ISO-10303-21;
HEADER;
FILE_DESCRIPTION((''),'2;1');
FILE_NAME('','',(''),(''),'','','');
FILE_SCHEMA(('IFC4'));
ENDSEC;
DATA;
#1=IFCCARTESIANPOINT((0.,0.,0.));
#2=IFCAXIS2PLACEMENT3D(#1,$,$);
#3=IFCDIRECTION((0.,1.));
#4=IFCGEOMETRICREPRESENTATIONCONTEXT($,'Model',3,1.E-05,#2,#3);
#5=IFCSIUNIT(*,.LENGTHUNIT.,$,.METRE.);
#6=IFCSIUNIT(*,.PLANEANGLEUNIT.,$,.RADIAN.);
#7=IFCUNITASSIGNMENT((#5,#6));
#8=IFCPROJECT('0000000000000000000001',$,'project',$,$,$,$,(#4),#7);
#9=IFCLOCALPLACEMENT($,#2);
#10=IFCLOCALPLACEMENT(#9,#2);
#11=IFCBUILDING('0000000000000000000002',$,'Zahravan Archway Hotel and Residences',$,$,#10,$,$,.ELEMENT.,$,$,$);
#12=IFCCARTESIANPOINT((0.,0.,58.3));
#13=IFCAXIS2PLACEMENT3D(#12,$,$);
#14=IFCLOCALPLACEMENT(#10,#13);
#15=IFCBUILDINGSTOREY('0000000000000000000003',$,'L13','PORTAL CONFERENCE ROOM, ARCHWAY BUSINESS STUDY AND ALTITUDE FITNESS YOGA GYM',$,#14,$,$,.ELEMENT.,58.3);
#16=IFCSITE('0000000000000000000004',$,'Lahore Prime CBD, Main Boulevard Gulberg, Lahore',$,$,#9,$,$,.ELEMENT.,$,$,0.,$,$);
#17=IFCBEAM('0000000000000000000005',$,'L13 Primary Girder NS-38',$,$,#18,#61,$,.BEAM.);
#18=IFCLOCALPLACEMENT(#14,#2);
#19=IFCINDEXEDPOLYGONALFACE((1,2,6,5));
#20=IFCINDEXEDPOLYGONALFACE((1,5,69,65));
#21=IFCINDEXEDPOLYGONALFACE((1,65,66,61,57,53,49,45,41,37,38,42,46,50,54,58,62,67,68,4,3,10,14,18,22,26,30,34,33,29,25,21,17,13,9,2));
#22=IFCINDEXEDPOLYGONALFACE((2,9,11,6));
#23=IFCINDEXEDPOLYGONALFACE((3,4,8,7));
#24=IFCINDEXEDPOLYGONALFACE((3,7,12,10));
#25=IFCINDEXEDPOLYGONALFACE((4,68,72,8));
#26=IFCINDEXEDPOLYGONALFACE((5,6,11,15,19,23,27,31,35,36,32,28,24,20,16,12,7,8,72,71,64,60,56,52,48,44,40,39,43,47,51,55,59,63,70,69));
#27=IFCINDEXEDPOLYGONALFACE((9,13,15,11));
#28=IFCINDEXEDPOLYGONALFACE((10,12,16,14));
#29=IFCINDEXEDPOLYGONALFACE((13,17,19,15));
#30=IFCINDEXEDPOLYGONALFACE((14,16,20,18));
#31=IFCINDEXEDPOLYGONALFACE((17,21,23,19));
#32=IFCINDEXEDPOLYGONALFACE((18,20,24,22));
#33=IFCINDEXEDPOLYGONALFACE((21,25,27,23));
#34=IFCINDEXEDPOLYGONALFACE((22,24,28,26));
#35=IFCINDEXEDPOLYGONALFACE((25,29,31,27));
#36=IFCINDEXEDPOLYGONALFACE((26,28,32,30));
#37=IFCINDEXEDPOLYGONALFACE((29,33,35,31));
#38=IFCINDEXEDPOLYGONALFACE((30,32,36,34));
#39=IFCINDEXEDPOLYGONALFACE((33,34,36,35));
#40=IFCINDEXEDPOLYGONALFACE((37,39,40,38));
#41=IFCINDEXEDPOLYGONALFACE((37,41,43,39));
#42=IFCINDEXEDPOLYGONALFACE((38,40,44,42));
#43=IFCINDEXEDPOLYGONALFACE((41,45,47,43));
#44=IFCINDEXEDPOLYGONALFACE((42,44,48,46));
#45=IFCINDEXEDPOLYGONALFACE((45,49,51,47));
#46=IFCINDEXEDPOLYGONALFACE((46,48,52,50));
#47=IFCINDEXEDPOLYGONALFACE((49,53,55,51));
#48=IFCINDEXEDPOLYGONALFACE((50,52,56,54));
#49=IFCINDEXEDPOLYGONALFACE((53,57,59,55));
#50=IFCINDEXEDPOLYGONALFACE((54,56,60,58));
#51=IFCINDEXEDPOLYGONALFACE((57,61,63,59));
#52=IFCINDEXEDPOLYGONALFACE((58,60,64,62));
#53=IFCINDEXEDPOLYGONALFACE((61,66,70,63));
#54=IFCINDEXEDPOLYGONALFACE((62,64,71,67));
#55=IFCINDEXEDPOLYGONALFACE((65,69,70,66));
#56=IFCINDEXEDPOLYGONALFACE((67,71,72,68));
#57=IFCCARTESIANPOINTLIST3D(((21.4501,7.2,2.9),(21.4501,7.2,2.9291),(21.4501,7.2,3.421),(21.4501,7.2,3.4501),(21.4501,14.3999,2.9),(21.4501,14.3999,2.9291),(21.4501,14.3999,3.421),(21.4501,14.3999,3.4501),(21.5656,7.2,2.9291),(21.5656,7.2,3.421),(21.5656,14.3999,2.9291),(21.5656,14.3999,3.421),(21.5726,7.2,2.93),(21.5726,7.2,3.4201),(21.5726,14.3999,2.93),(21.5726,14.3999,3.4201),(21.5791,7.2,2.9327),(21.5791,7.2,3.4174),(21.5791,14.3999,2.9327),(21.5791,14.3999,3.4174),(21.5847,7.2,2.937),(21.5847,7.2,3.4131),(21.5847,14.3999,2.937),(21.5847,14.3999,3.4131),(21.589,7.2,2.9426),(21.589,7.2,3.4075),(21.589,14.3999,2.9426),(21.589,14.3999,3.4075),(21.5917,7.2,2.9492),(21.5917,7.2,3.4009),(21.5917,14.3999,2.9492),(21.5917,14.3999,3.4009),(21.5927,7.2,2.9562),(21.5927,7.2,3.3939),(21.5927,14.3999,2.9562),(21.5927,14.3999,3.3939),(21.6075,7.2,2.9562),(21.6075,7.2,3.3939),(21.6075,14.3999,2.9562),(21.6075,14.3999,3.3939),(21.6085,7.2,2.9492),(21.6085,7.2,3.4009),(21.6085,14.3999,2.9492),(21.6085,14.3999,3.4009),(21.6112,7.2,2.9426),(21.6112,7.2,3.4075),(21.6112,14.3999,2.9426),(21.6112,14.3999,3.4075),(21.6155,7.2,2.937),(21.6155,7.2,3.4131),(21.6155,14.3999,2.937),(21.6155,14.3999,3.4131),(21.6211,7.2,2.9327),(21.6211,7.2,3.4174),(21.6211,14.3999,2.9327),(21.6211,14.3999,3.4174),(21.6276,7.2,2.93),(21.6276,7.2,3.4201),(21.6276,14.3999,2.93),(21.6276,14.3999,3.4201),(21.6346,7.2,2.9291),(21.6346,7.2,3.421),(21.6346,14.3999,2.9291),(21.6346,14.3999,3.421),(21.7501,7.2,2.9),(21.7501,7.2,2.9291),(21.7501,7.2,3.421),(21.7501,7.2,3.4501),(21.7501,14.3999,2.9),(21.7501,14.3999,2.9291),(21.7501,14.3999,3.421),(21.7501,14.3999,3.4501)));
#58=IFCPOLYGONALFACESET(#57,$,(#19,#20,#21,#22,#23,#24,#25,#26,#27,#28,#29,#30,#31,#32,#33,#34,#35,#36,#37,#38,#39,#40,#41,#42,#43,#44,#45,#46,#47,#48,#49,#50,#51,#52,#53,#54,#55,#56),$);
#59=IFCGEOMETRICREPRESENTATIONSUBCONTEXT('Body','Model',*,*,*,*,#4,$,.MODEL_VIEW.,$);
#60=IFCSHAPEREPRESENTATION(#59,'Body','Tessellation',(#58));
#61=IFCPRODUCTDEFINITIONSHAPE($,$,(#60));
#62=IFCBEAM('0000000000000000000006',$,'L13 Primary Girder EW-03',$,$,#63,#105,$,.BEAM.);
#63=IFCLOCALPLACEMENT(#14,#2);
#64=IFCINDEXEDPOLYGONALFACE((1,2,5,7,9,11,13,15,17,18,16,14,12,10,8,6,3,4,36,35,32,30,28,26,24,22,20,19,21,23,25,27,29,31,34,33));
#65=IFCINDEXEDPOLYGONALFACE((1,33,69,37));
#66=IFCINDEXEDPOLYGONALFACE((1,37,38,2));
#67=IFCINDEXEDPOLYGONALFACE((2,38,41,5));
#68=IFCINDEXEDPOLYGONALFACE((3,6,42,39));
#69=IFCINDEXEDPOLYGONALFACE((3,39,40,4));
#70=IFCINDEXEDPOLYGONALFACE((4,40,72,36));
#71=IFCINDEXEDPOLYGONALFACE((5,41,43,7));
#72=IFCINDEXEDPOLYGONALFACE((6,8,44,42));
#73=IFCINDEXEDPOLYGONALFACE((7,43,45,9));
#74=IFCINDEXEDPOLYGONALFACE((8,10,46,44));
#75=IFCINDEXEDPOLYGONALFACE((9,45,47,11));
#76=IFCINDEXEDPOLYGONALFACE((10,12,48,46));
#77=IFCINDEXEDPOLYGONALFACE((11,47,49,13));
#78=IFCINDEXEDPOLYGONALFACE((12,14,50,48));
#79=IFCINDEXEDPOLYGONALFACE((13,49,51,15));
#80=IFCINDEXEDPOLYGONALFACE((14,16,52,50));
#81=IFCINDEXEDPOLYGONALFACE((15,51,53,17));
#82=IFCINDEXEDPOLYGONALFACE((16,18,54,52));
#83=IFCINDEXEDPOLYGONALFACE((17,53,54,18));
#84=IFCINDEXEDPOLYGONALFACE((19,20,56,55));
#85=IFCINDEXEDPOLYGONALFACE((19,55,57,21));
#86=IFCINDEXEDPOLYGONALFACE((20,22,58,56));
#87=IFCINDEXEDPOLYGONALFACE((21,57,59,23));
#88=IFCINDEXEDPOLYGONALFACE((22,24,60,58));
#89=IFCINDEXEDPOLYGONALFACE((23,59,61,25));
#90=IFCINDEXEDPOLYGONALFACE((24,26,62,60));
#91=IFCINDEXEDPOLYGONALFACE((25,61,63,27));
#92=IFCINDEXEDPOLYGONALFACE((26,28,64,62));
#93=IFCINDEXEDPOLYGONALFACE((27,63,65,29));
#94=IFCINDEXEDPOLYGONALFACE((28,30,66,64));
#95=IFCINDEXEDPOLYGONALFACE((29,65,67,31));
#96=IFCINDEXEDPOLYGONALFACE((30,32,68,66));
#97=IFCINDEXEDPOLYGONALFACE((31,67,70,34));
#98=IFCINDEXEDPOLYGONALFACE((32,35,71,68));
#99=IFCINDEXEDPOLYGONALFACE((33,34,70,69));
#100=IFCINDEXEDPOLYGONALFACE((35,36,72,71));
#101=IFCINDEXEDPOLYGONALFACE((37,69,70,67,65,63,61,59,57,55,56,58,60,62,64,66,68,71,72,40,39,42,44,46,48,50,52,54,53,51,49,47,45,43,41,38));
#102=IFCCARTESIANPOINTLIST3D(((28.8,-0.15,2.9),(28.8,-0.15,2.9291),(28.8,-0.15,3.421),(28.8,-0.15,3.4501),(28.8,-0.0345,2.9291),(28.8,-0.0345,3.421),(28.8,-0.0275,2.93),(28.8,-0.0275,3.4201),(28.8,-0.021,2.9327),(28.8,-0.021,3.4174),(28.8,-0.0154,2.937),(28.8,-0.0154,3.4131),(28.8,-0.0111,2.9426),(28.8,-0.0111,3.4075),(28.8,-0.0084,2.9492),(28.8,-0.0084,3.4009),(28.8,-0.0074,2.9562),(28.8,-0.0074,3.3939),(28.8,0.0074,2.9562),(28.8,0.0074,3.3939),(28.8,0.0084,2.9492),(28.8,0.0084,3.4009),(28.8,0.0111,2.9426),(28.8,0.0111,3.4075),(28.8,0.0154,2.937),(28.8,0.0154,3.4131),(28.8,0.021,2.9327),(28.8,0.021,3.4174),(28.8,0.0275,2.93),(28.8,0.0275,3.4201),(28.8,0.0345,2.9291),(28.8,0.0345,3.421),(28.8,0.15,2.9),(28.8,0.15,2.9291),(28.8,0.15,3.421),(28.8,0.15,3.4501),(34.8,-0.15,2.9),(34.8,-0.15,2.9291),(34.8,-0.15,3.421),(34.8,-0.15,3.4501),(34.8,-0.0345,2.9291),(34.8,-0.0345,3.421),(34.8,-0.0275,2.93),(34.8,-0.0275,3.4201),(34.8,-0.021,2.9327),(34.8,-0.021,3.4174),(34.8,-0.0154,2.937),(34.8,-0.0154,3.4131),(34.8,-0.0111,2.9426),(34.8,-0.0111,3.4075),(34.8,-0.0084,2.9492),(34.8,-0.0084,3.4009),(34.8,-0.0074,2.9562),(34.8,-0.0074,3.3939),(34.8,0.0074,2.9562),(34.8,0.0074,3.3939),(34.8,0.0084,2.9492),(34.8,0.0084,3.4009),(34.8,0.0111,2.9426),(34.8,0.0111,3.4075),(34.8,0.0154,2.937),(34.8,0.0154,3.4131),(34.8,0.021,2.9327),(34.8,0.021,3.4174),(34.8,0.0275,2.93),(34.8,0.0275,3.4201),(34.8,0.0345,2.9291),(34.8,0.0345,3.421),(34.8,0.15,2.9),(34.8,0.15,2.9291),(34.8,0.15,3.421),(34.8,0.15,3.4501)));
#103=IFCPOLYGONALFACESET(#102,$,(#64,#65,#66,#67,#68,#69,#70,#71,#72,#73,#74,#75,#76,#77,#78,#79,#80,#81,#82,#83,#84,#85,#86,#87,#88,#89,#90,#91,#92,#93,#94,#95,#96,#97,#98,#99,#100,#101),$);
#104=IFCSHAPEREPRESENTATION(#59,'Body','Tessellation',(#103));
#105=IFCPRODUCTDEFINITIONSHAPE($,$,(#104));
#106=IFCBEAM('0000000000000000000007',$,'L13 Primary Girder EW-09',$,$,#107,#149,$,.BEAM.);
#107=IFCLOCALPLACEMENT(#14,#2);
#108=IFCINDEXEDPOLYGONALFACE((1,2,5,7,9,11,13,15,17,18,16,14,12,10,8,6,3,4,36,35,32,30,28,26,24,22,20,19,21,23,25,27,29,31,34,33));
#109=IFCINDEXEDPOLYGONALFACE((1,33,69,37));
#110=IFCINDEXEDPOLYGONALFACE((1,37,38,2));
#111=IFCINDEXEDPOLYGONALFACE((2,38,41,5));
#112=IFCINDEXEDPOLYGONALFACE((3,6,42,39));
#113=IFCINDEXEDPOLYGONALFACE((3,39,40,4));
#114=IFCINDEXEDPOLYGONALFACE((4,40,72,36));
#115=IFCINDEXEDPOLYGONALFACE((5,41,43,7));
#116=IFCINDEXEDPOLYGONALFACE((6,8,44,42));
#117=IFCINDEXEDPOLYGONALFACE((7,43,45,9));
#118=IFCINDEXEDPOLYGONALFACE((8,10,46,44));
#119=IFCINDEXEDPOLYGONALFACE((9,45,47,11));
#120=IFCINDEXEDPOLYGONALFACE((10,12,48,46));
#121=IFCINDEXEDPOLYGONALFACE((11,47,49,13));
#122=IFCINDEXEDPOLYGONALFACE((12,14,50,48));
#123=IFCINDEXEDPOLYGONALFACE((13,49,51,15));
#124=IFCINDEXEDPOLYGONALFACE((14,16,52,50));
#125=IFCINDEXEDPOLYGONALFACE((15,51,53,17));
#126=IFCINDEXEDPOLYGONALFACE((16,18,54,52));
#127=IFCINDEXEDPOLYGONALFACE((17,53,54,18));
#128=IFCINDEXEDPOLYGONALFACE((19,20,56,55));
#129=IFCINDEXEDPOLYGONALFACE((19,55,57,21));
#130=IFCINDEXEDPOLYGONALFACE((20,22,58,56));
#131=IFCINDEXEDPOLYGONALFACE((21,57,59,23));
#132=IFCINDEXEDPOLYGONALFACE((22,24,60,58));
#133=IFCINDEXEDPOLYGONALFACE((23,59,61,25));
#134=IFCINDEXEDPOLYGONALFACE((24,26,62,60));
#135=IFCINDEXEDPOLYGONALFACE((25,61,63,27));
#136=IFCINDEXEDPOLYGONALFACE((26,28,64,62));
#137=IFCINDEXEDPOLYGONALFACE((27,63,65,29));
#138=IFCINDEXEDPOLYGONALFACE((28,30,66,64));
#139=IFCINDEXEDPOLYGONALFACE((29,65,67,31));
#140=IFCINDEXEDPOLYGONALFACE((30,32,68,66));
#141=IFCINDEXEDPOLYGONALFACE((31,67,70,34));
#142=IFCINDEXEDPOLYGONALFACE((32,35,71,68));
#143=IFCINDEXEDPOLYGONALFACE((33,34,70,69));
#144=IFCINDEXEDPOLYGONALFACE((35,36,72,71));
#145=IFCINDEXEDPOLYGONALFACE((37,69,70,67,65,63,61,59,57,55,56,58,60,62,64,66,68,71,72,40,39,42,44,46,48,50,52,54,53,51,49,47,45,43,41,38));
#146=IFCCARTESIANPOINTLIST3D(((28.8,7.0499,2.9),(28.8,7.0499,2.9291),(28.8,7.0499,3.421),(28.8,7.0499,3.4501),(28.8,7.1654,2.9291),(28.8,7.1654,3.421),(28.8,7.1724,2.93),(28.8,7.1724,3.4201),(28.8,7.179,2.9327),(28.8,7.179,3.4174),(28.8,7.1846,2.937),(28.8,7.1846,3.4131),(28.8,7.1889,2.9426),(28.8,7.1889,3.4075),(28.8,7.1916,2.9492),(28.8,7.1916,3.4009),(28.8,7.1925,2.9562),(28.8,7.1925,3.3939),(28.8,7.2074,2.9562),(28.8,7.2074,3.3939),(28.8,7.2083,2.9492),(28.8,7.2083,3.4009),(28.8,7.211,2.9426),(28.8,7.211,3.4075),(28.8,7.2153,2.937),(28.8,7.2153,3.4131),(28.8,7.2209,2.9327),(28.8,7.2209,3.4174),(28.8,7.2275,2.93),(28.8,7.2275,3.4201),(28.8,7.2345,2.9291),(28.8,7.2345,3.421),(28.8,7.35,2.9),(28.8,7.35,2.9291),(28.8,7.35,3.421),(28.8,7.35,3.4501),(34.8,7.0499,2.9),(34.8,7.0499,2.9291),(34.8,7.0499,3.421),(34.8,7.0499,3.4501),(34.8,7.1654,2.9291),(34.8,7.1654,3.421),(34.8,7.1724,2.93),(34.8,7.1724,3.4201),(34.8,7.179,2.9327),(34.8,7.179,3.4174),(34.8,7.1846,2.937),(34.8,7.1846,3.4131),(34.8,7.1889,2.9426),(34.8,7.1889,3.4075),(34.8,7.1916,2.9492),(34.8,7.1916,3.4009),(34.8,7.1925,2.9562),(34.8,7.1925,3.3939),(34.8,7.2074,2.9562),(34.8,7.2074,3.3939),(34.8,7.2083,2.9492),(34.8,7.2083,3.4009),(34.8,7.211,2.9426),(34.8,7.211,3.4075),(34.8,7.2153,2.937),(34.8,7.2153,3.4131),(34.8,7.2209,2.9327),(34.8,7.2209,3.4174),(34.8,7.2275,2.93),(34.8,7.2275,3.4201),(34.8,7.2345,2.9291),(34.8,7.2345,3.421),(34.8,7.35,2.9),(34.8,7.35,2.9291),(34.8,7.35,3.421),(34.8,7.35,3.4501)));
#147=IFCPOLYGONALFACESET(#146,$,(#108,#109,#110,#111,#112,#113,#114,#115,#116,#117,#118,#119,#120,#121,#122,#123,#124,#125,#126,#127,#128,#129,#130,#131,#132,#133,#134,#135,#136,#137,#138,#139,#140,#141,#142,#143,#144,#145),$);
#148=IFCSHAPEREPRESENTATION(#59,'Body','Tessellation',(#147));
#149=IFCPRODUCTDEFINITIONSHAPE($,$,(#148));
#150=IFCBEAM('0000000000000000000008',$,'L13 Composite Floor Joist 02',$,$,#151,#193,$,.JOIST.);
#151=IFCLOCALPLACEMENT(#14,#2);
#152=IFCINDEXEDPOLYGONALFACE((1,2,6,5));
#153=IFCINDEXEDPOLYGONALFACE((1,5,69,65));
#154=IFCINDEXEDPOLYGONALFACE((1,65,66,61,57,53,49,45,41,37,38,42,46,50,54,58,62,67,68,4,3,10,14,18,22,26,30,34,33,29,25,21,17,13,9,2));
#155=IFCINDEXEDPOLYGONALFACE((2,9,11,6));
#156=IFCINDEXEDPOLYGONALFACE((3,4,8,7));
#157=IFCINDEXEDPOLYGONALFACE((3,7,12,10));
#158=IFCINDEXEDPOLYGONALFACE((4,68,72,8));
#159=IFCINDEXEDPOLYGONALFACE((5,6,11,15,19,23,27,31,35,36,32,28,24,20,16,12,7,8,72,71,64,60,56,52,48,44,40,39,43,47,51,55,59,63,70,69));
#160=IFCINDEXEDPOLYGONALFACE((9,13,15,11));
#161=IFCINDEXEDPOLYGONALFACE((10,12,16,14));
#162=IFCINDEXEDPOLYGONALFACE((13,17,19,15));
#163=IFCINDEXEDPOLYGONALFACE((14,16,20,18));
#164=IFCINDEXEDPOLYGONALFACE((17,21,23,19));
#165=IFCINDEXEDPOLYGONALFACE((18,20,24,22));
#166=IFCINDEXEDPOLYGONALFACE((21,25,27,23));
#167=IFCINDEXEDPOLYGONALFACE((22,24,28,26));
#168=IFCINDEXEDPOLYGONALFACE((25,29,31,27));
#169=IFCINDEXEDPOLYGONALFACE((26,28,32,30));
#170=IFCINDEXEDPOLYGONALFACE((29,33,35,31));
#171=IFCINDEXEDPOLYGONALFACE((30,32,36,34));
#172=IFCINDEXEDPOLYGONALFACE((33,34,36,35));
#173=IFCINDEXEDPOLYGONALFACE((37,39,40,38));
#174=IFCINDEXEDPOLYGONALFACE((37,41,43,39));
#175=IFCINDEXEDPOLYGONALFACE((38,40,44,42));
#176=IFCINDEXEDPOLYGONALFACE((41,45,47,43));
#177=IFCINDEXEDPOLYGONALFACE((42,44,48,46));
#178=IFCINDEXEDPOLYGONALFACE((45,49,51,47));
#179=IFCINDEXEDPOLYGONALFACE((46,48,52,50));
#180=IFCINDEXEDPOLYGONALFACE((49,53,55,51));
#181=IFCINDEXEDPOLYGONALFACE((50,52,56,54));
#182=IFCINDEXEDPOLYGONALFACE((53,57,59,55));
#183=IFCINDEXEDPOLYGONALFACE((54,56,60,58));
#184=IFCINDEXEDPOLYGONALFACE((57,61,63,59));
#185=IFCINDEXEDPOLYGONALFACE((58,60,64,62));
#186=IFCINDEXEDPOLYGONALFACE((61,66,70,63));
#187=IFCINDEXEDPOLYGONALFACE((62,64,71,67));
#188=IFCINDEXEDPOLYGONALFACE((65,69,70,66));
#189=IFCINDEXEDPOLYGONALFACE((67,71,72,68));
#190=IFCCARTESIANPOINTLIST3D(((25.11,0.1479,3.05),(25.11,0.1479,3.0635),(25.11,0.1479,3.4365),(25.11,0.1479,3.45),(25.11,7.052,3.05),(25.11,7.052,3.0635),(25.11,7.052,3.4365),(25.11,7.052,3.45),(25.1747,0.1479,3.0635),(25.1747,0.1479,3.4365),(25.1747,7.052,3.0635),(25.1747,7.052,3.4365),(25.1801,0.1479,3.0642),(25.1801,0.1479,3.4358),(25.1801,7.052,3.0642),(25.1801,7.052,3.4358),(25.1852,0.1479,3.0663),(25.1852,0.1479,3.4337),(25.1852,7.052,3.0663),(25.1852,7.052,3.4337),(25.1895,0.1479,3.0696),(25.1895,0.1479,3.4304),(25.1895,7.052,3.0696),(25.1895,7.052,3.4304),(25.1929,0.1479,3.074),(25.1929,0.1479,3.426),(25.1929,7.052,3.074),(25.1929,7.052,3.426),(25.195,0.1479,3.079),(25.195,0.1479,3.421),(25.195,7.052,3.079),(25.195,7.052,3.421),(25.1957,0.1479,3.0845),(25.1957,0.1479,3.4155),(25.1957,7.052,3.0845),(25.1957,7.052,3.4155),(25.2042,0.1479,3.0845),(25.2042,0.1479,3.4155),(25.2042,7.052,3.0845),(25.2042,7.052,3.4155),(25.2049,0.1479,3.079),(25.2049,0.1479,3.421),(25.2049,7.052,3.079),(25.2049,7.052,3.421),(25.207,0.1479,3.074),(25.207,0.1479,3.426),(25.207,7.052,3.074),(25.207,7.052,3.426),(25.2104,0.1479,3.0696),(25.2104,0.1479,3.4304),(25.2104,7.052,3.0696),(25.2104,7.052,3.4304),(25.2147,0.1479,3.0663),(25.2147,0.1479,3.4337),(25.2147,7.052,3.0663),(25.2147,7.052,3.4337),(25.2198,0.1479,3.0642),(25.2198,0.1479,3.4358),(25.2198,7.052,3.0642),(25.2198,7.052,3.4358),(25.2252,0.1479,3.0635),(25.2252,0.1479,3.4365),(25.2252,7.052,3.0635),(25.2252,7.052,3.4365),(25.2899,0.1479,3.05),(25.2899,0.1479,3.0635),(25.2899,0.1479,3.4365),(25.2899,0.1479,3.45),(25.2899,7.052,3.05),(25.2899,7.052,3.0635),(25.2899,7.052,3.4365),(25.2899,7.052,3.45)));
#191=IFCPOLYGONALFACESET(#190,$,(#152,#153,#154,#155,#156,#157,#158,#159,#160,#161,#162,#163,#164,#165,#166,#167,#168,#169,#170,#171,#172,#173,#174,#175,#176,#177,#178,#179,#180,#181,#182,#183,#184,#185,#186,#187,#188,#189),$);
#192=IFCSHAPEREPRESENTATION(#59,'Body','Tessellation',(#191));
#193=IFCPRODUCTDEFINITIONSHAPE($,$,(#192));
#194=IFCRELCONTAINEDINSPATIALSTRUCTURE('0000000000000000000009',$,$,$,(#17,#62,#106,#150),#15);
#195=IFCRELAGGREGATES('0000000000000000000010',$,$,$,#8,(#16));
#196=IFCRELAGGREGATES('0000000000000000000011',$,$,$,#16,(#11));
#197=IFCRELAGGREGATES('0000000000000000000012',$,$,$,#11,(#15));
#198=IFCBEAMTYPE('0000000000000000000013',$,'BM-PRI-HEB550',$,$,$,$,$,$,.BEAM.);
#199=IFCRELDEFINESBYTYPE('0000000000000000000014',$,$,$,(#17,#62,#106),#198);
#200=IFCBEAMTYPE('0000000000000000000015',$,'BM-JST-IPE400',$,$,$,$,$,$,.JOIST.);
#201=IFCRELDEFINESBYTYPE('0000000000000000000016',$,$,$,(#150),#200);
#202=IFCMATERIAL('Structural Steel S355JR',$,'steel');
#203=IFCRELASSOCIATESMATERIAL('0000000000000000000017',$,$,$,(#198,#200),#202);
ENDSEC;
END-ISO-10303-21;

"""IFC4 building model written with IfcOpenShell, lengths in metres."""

from ifc_helpers import new_model, si_unit, direction, frame, origin, origin_2d, place, context, subcontext, project, spatial, i_section, extrude, source, transform, mapped, material, material_profile, profile_set, type_object, type_shapes, element, save


model = new_model("IFC4")

# Units and contexts
model_context = context("Model", 3, precision=1e-05, world=origin(), true_north=direction((0.0, 1.0)))
body_context = subcontext(model_context, "Body", "Model", "MODEL_VIEW")
ifc_project = project(units=[si_unit("LENGTHUNIT", "METRE"), si_unit("PLANEANGLEUNIT", "RADIAN")], contexts=[model_context])

# Site, building, storey
site_placement = place(None, origin())
site = spatial("IfcSite", under=ifc_project, at=site_placement, Name="Lahore Prime CBD, Main Boulevard Gulberg, Lahore", CompositionType="ELEMENT", RefElevation=0.0)
building_placement = place(site_placement, origin())
building = spatial("IfcBuilding", under=site, at=building_placement, Name="Zahravan Archway Hotel and Residences", CompositionType="ELEMENT")
storey_placement = place(building_placement, frame((0.0, 0.0, 58.3)))
storey = spatial("IfcBuildingStorey", under=building, at=storey_placement, Name="L13", Description="PORTAL CONFERENCE ROOM, ARCHWAY BUSINESS STUDY AND ALTITUDE FITNESS YOGA GYM", CompositionType="ELEMENT", Elevation=58.3)

# Beams
ifc_material_1 = material(Name="Structural Steel S355JR", Category="steel")
ifc_material_profile_1 = material_profile(ifc_material_1, i_section(OverallWidth=0.3, OverallDepth=0.55, WebThickness=0.0149, FlangeThickness=0.0291, FilletRadius=0.0271, at=origin_2d()), Name="HEB 550", Category="steel")
ifc_profile_set_1 = profile_set([ifc_material_profile_1], Name="Structural Steel S355JR")
beam_type_1 = type_object("IfcBeamType", Name="BM-PRI-HEB550", PredefinedType="BEAM", material=ifc_profile_set_1)
shared_shape_1 = source(origin(), body_context, "Body", "SweptSolid", [
    extrude(i_section(OverallWidth=0.3, OverallDepth=0.55, WebThickness=0.0149, FlangeThickness=0.0291, FilletRadius=0.0271, at=origin_2d()), origin(), (0.0, 0.0, 1.0), 7.2),
])
for number, where, z_axis, x_axis, name in (
    (1, (21.6001, 7.2, 3.175), (0.0, 1.0, 0.0), (-1.0, 0.0, 0.0), "L13 Primary Girder NS-38"),
):
    element("IfcBeam", number, at=place(storey_placement, frame(where, z_axis=z_axis, x_axis=x_axis)), inside=storey, type_object=beam_type_1, Name=name, PredefinedType="BEAM", context=body_context, shape_type="MappedRepresentation", body=[
        mapped(shared_shape_1, transform((0.0, 0.0, 0.0), scale=1.0)),
    ])
shared_shape_2 = source(origin(), body_context, "Body", "SweptSolid", [
    extrude(i_section(OverallWidth=0.3, OverallDepth=0.55, WebThickness=0.0149, FlangeThickness=0.0291, FilletRadius=0.0271, at=origin_2d()), origin(), (0.0, 0.0, 1.0), 6.0),
])
for number, where, z_axis, x_axis, name in (
    (2, (28.8, 0.0, 3.175), (1.0, 0.0, 0.0), (0.0, 1.0, 0.0), "L13 Primary Girder EW-03"),
    (3, (28.8, 7.2, 3.175), (1.0, 0.0, 0.0), (0.0, 1.0, 0.0), "L13 Primary Girder EW-09"),
):
    element("IfcBeam", number, at=place(storey_placement, frame(where, z_axis=z_axis, x_axis=x_axis)), inside=storey, type_object=beam_type_1, Name=name, PredefinedType="BEAM", context=body_context, shape_type="MappedRepresentation", body=[
        mapped(shared_shape_2, transform((0.0, 0.0, 0.0), scale=1.0)),
    ])
ifc_material_profile_2 = material_profile(ifc_material_1, i_section(OverallWidth=0.1799, OverallDepth=0.3999, WebThickness=0.0085, FlangeThickness=0.0134, FilletRadius=0.021, at=origin_2d()), Name="IPE 400", Category="steel")
ifc_profile_set_2 = profile_set([ifc_material_profile_2], Name="Structural Steel S355JR")
beam_type_2 = type_object("IfcBeamType", Name="BM-JST-IPE400", PredefinedType="JOIST", material=ifc_profile_set_2)
shared_shape_3 = source(origin(), body_context, "Body", "SweptSolid", [
    extrude(i_section(OverallWidth=0.1799, OverallDepth=0.3999, WebThickness=0.0085, FlangeThickness=0.0134, FilletRadius=0.021, at=origin_2d()), origin(), (0.0, 0.0, 1.0), 6.9041),
])
type_shapes(beam_type_2, [shared_shape_3])
for number, where, z_axis, x_axis, name in (
    (4, (25.2, 0.1479, 3.25), (0.0, 1.0, 0.0), (-1.0, 0.0, 0.0), "L13 Composite Floor Joist 02"),
):
    element("IfcBeam", number, at=place(storey_placement, frame(where, z_axis=z_axis, x_axis=x_axis)), inside=storey, type_object=beam_type_2, Name=name, PredefinedType="JOIST", context=body_context, shape_type="MappedRepresentation", body=[
        mapped(shared_shape_3, transform((0.0, 0.0, 0.0), scale=1.0)),
    ])

save(model, "model.ifc")
